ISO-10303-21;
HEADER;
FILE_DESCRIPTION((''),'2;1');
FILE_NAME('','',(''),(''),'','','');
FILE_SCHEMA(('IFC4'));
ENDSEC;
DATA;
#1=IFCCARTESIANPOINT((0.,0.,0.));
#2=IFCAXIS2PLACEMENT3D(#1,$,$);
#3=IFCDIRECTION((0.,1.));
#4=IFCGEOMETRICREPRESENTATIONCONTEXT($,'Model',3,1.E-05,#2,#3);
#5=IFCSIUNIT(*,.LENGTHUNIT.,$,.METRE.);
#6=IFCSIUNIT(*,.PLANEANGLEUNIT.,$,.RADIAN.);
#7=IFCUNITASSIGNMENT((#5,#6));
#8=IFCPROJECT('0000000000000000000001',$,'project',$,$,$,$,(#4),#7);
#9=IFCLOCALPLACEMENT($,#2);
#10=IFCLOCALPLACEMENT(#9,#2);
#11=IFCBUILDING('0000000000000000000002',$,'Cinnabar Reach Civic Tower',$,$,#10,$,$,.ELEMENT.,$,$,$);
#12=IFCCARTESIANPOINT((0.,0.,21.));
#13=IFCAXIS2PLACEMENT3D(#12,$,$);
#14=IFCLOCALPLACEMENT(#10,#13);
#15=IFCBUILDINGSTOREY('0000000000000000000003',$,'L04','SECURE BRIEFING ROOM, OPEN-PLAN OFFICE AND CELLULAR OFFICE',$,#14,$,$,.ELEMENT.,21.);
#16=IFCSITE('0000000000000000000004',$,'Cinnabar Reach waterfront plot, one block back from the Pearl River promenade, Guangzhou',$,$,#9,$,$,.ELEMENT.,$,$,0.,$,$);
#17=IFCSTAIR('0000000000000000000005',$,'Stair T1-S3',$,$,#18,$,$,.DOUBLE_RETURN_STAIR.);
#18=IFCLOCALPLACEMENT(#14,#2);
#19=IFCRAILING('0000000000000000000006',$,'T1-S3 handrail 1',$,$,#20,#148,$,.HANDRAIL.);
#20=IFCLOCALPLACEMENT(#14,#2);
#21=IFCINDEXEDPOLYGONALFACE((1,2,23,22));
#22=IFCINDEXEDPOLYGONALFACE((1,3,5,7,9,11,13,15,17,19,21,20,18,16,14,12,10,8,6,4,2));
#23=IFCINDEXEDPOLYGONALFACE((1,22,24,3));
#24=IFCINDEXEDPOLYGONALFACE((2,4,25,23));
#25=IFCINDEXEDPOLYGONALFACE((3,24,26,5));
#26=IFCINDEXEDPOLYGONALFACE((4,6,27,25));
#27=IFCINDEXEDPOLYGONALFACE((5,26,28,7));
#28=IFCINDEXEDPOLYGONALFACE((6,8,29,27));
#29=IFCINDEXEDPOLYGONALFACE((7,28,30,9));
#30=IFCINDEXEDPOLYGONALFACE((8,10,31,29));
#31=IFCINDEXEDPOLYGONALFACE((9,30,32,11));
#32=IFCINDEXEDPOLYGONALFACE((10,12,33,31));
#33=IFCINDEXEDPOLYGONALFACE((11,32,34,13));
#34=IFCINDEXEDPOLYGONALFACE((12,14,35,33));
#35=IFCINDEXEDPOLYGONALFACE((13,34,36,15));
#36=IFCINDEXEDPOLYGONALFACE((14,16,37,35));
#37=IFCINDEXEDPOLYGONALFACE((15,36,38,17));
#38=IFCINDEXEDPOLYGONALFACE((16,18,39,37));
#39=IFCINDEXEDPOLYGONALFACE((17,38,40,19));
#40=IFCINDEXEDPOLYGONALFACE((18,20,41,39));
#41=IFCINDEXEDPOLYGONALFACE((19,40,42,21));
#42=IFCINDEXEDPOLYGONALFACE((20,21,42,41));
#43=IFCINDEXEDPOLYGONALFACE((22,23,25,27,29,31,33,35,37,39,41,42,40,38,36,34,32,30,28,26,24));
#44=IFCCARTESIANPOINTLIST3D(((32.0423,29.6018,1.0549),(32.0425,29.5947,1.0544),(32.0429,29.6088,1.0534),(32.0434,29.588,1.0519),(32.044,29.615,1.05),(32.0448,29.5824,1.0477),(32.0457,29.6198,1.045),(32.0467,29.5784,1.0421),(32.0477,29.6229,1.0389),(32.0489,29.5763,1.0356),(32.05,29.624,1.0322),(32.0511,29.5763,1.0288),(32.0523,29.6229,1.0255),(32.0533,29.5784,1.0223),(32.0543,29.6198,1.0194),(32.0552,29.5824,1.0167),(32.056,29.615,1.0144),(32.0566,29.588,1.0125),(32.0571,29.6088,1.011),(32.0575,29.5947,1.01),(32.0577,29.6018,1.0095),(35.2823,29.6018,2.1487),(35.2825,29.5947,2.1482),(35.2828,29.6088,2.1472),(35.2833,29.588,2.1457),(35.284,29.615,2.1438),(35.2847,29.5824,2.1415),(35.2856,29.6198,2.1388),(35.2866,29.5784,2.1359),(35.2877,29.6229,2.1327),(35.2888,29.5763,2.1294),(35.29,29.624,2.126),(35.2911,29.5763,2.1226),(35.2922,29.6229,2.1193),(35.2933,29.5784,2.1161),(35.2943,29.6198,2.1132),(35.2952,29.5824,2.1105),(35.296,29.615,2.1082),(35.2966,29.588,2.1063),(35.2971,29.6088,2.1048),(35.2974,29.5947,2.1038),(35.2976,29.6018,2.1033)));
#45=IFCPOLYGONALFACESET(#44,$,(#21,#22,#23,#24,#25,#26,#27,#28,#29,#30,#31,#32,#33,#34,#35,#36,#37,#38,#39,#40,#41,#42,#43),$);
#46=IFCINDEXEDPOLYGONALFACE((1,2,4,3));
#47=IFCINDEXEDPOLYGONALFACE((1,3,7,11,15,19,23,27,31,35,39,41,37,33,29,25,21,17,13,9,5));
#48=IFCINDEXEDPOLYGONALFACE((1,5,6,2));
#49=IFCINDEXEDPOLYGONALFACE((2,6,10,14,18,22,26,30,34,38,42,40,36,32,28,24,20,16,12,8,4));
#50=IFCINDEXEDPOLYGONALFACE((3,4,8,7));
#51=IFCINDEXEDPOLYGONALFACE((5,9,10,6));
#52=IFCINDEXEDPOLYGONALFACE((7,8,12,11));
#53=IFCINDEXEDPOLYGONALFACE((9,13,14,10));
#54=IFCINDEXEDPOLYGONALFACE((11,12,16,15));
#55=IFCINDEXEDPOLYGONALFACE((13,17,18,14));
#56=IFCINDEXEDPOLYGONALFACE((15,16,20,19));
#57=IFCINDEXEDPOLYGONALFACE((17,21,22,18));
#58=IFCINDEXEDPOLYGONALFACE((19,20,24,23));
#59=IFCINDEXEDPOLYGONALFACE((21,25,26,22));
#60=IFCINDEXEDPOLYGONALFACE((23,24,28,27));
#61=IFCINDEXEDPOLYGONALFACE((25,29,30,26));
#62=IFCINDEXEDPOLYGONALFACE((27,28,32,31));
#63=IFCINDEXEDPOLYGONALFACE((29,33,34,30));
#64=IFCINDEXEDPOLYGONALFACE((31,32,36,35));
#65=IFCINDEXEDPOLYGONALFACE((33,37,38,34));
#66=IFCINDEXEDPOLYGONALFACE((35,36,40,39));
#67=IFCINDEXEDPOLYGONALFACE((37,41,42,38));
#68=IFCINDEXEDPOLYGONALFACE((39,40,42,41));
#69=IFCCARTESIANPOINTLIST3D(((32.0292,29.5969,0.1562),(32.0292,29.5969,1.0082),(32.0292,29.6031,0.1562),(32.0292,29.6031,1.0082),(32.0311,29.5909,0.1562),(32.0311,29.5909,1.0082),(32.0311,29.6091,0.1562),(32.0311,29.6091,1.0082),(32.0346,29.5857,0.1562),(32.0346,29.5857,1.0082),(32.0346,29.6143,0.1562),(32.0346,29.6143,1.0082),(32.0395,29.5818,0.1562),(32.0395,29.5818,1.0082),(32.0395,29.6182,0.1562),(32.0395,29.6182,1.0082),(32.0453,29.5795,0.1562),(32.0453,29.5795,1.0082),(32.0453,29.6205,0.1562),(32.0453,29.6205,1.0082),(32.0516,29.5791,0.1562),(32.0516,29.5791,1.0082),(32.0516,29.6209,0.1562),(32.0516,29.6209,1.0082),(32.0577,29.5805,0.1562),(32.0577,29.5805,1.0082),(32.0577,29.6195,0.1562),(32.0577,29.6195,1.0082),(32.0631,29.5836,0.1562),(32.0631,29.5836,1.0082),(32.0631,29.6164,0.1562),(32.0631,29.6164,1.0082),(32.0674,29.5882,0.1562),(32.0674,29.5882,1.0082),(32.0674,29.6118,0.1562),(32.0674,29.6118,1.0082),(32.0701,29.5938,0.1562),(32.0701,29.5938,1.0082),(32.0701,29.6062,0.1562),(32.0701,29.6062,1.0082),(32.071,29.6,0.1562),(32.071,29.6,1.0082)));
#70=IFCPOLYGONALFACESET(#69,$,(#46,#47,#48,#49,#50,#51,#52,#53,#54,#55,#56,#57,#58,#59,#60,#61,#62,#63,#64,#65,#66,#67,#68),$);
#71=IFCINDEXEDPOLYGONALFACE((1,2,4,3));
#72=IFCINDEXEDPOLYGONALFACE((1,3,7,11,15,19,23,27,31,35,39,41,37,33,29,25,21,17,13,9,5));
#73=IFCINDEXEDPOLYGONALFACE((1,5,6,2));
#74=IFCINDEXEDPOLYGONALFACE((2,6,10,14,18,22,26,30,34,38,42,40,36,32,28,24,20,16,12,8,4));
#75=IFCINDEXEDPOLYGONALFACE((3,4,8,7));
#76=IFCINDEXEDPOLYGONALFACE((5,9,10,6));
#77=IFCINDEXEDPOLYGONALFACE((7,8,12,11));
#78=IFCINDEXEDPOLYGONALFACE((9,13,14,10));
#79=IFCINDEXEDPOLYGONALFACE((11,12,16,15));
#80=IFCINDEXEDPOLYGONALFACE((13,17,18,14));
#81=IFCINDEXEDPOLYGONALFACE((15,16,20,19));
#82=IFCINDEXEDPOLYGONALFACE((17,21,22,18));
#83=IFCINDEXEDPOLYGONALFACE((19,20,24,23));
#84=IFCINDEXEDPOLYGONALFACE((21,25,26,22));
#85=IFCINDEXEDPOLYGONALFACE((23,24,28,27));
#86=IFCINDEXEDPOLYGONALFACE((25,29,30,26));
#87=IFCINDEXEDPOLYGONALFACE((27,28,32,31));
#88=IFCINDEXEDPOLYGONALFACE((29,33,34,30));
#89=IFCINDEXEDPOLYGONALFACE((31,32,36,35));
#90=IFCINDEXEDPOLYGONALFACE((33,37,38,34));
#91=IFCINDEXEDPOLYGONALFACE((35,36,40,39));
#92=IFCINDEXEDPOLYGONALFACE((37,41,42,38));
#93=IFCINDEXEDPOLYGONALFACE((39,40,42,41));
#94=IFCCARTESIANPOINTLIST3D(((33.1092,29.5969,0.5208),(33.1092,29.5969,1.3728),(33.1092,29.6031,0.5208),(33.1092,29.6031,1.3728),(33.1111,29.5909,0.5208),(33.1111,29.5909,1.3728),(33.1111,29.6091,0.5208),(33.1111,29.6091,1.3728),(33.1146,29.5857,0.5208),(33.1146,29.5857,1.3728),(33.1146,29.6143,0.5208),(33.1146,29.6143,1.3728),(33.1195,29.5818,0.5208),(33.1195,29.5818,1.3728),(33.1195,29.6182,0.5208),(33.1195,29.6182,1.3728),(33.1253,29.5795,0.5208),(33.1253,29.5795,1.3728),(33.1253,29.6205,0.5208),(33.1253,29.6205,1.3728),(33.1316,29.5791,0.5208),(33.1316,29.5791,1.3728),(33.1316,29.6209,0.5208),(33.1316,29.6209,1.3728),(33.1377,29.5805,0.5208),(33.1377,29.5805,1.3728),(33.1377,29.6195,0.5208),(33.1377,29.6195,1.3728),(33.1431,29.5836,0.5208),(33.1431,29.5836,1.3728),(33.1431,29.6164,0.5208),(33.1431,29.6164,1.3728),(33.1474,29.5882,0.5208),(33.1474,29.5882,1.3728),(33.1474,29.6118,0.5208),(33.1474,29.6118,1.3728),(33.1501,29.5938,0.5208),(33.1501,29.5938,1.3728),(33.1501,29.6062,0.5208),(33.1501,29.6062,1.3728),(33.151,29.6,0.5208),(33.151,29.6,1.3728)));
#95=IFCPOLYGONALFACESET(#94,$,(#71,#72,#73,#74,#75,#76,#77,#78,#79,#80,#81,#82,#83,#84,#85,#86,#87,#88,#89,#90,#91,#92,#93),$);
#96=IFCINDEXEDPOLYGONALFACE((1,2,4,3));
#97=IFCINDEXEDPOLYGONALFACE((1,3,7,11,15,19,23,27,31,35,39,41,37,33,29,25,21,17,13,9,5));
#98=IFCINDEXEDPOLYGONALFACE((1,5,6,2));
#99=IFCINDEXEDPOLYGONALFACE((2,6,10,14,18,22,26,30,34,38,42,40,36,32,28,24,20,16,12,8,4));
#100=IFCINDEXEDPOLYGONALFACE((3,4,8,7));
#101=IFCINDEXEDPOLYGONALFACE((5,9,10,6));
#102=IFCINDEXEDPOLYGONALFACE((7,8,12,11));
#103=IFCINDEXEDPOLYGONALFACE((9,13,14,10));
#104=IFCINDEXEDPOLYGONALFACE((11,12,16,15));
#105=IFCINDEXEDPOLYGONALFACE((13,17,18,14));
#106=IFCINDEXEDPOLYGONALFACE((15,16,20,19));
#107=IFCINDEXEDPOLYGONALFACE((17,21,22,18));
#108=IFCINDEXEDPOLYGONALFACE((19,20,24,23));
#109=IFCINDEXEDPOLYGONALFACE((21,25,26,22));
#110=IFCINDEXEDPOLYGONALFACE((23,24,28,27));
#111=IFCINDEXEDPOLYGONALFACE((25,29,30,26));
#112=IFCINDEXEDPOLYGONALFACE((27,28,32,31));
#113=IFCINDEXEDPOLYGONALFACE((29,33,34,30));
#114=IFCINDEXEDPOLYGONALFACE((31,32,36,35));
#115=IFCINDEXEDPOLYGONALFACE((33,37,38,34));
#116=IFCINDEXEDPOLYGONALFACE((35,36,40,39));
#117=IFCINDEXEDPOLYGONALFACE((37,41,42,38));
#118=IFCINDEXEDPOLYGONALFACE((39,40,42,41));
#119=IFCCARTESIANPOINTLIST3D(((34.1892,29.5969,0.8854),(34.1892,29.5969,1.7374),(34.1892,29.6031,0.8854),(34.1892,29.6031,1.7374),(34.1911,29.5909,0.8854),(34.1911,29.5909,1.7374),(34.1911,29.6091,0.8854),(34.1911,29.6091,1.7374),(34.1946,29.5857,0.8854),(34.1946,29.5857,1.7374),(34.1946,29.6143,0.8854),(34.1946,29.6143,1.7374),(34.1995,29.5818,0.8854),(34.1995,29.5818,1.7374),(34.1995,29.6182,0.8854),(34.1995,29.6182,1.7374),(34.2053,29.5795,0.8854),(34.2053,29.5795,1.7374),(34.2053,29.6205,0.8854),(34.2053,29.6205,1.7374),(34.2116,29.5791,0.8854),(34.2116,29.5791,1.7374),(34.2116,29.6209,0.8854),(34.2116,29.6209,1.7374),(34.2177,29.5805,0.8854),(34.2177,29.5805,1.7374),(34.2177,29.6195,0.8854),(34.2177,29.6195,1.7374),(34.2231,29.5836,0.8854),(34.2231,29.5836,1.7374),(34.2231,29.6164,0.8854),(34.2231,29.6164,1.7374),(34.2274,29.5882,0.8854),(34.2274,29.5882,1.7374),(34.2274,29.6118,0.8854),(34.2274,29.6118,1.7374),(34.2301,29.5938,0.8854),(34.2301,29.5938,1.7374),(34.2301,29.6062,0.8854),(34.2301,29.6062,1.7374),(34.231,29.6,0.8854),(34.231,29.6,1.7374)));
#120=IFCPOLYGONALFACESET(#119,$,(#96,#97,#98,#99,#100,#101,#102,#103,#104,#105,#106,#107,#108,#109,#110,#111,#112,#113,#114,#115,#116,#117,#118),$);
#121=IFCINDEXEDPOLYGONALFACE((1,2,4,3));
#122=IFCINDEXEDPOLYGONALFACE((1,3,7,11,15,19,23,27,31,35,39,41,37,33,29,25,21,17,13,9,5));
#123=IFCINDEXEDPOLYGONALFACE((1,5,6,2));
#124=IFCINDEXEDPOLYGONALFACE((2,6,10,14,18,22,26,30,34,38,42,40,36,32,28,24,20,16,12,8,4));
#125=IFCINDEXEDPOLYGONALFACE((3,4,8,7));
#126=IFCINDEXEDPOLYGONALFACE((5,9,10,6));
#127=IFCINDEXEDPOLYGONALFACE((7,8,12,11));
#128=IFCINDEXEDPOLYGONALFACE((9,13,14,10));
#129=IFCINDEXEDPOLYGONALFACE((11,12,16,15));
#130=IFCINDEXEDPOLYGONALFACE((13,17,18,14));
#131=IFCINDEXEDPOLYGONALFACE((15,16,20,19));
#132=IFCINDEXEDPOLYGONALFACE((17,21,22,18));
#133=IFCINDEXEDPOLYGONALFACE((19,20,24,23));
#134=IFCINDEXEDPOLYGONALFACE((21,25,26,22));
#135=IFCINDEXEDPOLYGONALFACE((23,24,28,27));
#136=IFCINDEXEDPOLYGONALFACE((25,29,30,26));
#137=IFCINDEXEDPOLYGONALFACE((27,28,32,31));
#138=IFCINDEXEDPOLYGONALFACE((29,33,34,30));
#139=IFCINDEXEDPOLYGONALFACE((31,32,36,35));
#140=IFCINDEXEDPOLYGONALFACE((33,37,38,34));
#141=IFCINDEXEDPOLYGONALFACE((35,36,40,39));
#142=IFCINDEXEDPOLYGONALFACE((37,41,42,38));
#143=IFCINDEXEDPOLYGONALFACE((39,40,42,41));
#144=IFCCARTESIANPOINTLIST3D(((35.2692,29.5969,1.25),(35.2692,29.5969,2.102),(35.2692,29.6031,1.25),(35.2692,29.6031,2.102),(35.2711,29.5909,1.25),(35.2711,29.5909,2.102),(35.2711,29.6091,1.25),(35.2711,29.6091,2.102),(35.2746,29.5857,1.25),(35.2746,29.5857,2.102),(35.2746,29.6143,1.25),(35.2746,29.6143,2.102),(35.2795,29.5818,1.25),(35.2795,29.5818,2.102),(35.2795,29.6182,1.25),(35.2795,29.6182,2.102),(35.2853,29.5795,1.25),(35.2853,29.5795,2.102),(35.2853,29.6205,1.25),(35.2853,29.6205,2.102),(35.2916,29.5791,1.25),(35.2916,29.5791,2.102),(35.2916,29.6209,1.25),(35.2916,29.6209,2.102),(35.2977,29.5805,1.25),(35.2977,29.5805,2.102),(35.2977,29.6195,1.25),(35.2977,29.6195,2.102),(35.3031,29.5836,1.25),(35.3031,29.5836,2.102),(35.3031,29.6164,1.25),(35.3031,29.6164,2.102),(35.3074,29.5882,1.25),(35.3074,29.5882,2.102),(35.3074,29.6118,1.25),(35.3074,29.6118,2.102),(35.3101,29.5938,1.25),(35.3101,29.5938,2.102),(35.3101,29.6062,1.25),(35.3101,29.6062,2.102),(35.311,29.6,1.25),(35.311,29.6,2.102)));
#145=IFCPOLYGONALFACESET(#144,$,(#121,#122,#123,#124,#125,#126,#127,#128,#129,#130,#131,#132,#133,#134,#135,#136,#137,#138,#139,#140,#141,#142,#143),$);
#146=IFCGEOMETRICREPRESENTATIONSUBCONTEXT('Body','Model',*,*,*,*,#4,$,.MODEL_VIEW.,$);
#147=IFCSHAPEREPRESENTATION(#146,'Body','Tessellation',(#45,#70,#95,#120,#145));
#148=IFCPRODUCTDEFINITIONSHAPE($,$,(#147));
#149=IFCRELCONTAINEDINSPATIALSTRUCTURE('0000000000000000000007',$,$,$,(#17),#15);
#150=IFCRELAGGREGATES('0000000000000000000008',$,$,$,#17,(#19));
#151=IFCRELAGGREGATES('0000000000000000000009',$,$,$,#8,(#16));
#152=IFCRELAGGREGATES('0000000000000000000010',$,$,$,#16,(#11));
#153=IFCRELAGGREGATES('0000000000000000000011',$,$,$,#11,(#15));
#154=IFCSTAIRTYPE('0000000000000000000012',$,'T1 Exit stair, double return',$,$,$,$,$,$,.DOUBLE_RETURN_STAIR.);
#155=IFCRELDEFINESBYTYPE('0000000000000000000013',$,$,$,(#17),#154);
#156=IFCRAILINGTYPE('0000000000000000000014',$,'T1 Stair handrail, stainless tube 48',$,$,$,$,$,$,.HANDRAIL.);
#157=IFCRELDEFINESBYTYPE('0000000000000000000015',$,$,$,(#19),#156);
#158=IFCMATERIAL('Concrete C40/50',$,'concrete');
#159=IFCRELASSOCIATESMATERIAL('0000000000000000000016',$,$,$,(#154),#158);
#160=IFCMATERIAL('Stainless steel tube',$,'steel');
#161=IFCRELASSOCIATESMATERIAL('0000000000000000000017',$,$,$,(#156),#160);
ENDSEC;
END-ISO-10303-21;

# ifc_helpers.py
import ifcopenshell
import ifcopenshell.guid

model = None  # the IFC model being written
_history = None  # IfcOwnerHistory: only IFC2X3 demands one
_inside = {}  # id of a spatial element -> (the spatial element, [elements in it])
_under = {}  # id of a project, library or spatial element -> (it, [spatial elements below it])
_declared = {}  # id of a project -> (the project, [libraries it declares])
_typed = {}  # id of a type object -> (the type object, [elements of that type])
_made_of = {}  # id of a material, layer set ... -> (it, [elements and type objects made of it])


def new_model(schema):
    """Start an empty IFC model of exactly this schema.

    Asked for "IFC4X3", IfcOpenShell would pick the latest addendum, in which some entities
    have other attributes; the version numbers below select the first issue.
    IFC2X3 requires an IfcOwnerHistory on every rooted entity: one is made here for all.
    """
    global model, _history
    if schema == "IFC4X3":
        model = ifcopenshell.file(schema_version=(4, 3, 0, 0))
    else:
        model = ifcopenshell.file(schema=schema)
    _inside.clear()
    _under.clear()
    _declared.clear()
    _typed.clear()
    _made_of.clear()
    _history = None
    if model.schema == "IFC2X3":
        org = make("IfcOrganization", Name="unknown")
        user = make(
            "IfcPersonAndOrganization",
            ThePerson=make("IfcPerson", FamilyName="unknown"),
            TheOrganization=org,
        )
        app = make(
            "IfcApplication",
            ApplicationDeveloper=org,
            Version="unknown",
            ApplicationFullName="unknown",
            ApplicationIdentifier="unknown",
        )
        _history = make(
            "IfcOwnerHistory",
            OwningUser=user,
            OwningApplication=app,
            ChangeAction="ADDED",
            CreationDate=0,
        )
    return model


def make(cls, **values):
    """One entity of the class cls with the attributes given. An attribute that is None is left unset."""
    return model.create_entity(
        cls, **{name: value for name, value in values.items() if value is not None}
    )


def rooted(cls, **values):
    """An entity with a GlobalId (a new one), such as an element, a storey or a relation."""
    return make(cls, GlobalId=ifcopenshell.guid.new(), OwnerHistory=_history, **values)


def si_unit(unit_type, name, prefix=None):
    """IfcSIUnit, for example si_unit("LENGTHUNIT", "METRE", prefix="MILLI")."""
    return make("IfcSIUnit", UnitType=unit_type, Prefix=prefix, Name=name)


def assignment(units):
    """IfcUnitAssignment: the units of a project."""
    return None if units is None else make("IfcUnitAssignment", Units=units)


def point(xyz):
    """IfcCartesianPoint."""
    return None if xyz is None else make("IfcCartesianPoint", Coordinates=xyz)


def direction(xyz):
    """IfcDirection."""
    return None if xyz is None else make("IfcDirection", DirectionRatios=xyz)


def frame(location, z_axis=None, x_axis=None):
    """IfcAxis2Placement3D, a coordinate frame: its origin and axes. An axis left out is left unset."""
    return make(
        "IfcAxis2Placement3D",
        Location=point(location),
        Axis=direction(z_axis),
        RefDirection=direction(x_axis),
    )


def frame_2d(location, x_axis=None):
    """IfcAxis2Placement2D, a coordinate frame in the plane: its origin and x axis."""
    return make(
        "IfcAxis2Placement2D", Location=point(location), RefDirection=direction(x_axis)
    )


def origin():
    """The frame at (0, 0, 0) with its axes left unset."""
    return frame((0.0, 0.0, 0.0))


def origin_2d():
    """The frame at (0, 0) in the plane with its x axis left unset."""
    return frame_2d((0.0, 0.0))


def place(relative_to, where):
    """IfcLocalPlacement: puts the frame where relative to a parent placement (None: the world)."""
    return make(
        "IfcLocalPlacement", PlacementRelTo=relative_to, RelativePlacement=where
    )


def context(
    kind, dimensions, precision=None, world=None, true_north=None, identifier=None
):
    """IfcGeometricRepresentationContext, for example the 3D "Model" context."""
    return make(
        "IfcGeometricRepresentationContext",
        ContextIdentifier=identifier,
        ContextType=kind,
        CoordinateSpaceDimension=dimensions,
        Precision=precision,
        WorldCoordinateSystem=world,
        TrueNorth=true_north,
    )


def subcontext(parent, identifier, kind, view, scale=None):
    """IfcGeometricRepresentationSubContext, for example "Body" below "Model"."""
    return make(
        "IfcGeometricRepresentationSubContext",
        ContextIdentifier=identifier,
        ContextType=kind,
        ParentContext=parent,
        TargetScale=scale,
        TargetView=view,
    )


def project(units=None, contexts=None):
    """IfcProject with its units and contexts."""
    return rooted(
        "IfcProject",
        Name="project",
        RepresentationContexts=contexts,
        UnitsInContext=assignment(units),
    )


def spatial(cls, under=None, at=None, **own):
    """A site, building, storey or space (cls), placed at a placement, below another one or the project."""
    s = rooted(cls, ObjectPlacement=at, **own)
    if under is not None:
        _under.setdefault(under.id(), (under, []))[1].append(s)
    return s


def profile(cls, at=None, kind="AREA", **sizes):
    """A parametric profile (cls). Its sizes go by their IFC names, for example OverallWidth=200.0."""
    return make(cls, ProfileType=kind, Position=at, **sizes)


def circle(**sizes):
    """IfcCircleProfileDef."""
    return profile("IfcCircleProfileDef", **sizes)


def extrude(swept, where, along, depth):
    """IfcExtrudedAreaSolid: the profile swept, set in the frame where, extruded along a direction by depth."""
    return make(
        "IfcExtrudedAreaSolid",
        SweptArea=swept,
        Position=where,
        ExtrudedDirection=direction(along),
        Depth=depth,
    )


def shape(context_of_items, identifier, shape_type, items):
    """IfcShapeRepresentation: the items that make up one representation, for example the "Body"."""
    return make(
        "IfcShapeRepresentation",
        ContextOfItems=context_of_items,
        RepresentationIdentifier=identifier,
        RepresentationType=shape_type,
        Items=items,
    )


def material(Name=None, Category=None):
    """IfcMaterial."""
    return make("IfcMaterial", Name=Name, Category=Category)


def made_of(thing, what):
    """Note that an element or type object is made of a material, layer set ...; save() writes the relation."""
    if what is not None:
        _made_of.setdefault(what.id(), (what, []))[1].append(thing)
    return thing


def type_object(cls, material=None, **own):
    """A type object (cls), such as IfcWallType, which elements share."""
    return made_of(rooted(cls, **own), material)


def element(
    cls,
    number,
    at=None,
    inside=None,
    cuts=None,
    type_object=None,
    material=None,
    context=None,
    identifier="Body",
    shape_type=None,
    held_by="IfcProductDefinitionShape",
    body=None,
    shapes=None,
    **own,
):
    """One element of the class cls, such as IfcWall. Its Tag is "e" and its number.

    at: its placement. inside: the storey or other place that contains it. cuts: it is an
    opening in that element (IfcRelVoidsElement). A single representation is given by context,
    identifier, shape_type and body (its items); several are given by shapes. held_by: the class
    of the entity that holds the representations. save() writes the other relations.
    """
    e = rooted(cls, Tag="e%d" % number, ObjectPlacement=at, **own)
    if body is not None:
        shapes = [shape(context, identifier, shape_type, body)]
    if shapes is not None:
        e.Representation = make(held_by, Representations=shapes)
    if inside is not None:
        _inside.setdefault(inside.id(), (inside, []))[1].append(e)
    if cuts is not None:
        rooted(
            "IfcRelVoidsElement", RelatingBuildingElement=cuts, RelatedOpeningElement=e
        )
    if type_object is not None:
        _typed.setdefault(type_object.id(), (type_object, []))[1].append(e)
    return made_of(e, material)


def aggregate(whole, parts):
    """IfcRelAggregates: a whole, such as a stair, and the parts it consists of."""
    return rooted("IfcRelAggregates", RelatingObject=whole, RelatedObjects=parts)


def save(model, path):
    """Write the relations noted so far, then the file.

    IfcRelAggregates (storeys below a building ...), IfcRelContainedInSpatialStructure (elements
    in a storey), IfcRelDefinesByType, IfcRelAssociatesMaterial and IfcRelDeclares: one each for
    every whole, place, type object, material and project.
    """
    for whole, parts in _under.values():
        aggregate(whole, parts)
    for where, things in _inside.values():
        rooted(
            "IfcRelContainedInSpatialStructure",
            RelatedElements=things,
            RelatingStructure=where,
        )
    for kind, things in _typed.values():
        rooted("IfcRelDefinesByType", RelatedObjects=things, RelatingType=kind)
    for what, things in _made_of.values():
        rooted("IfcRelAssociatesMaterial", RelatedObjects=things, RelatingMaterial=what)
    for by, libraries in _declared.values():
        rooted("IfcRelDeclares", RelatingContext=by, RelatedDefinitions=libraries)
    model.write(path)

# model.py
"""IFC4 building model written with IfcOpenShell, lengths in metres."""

from ifc_helpers import new_model, si_unit, direction, frame, origin, origin_2d, place, context, subcontext, project, spatial, circle, extrude, material, type_object, element, aggregate, save


model = new_model("IFC4")

# Units and contexts
model_context = context("Model", 3, precision=1e-05, world=origin(), true_north=direction((0.0, 1.0)))
body_context = subcontext(model_context, "Body", "Model", "MODEL_VIEW")
ifc_project = project(units=[si_unit("LENGTHUNIT", "METRE"), si_unit("PLANEANGLEUNIT", "RADIAN")], contexts=[model_context])

# Site, building, storey
site_placement = place(None, origin())
site = spatial("IfcSite", under=ifc_project, at=site_placement, Name="Cinnabar Reach waterfront plot, one block back from the Pearl River promenade, Guangzhou", CompositionType="ELEMENT", RefElevation=0.0)
building_placement = place(site_placement, origin())
building = spatial("IfcBuilding", under=site, at=building_placement, Name="Cinnabar Reach Civic Tower", CompositionType="ELEMENT")
storey_placement = place(building_placement, frame((0.0, 0.0, 21.0)))
storey = spatial("IfcBuildingStorey", under=building, at=storey_placement, Name="L04", Description="SECURE BRIEFING ROOM, OPEN-PLAN OFFICE AND CELLULAR OFFICE", CompositionType="ELEMENT", Elevation=21.0)

# Stair, railing
ifc_material_1 = material(Name="Concrete C40/50", Category="concrete")
stair_type = type_object("IfcStairType", Name="T1 Exit stair, double return", PredefinedType="DOUBLE_RETURN_STAIR", material=ifc_material_1)
stair_placement = place(storey_placement, origin())
stair = element("IfcStair", 1, at=stair_placement, inside=storey, type_object=stair_type, Name="Stair T1-S3", PredefinedType="DOUBLE_RETURN_STAIR")
ifc_material_2 = material(Name="Stainless steel tube", Category="steel")
railing_type = type_object("IfcRailingType", Name="T1 Stair handrail, stainless tube 48", PredefinedType="HANDRAIL", material=ifc_material_2)
railing_1_placement = place(storey_placement, frame((32.05, 29.6, 0.1562)))
railing_1 = element("IfcRailing", 2, at=railing_1_placement, type_object=railing_type, Name="T1-S3 handrail 1", PredefinedType="HANDRAIL", context=body_context, shape_type="SweptSolid", body=[
    extrude(circle(Radius=0.024, at=origin_2d()), frame((0.0, 0.0, 0.876), z_axis=(0.947466, 0.0, 0.319857), x_axis=(0.0, 1.0, 0.0)), (0.0, 0.0, 1.0), 3.4196),
    extrude(circle(Radius=0.021, at=origin_2d()), origin(), (0.0, 0.0, 1.0), 0.852),
    extrude(circle(Radius=0.021, at=origin_2d()), frame((1.08, 0.0, 0.3646)), (0.0, 0.0, 1.0), 0.852),
    extrude(circle(Radius=0.021, at=origin_2d()), frame((2.16, 0.0, 0.7292)), (0.0, 0.0, 1.0), 0.852),
    extrude(circle(Radius=0.021, at=origin_2d()), frame((3.24, 0.0, 1.0938)), (0.0, 0.0, 1.0), 0.852),
])
aggregate(stair, [railing_1])

save(model, "model.ifc")
